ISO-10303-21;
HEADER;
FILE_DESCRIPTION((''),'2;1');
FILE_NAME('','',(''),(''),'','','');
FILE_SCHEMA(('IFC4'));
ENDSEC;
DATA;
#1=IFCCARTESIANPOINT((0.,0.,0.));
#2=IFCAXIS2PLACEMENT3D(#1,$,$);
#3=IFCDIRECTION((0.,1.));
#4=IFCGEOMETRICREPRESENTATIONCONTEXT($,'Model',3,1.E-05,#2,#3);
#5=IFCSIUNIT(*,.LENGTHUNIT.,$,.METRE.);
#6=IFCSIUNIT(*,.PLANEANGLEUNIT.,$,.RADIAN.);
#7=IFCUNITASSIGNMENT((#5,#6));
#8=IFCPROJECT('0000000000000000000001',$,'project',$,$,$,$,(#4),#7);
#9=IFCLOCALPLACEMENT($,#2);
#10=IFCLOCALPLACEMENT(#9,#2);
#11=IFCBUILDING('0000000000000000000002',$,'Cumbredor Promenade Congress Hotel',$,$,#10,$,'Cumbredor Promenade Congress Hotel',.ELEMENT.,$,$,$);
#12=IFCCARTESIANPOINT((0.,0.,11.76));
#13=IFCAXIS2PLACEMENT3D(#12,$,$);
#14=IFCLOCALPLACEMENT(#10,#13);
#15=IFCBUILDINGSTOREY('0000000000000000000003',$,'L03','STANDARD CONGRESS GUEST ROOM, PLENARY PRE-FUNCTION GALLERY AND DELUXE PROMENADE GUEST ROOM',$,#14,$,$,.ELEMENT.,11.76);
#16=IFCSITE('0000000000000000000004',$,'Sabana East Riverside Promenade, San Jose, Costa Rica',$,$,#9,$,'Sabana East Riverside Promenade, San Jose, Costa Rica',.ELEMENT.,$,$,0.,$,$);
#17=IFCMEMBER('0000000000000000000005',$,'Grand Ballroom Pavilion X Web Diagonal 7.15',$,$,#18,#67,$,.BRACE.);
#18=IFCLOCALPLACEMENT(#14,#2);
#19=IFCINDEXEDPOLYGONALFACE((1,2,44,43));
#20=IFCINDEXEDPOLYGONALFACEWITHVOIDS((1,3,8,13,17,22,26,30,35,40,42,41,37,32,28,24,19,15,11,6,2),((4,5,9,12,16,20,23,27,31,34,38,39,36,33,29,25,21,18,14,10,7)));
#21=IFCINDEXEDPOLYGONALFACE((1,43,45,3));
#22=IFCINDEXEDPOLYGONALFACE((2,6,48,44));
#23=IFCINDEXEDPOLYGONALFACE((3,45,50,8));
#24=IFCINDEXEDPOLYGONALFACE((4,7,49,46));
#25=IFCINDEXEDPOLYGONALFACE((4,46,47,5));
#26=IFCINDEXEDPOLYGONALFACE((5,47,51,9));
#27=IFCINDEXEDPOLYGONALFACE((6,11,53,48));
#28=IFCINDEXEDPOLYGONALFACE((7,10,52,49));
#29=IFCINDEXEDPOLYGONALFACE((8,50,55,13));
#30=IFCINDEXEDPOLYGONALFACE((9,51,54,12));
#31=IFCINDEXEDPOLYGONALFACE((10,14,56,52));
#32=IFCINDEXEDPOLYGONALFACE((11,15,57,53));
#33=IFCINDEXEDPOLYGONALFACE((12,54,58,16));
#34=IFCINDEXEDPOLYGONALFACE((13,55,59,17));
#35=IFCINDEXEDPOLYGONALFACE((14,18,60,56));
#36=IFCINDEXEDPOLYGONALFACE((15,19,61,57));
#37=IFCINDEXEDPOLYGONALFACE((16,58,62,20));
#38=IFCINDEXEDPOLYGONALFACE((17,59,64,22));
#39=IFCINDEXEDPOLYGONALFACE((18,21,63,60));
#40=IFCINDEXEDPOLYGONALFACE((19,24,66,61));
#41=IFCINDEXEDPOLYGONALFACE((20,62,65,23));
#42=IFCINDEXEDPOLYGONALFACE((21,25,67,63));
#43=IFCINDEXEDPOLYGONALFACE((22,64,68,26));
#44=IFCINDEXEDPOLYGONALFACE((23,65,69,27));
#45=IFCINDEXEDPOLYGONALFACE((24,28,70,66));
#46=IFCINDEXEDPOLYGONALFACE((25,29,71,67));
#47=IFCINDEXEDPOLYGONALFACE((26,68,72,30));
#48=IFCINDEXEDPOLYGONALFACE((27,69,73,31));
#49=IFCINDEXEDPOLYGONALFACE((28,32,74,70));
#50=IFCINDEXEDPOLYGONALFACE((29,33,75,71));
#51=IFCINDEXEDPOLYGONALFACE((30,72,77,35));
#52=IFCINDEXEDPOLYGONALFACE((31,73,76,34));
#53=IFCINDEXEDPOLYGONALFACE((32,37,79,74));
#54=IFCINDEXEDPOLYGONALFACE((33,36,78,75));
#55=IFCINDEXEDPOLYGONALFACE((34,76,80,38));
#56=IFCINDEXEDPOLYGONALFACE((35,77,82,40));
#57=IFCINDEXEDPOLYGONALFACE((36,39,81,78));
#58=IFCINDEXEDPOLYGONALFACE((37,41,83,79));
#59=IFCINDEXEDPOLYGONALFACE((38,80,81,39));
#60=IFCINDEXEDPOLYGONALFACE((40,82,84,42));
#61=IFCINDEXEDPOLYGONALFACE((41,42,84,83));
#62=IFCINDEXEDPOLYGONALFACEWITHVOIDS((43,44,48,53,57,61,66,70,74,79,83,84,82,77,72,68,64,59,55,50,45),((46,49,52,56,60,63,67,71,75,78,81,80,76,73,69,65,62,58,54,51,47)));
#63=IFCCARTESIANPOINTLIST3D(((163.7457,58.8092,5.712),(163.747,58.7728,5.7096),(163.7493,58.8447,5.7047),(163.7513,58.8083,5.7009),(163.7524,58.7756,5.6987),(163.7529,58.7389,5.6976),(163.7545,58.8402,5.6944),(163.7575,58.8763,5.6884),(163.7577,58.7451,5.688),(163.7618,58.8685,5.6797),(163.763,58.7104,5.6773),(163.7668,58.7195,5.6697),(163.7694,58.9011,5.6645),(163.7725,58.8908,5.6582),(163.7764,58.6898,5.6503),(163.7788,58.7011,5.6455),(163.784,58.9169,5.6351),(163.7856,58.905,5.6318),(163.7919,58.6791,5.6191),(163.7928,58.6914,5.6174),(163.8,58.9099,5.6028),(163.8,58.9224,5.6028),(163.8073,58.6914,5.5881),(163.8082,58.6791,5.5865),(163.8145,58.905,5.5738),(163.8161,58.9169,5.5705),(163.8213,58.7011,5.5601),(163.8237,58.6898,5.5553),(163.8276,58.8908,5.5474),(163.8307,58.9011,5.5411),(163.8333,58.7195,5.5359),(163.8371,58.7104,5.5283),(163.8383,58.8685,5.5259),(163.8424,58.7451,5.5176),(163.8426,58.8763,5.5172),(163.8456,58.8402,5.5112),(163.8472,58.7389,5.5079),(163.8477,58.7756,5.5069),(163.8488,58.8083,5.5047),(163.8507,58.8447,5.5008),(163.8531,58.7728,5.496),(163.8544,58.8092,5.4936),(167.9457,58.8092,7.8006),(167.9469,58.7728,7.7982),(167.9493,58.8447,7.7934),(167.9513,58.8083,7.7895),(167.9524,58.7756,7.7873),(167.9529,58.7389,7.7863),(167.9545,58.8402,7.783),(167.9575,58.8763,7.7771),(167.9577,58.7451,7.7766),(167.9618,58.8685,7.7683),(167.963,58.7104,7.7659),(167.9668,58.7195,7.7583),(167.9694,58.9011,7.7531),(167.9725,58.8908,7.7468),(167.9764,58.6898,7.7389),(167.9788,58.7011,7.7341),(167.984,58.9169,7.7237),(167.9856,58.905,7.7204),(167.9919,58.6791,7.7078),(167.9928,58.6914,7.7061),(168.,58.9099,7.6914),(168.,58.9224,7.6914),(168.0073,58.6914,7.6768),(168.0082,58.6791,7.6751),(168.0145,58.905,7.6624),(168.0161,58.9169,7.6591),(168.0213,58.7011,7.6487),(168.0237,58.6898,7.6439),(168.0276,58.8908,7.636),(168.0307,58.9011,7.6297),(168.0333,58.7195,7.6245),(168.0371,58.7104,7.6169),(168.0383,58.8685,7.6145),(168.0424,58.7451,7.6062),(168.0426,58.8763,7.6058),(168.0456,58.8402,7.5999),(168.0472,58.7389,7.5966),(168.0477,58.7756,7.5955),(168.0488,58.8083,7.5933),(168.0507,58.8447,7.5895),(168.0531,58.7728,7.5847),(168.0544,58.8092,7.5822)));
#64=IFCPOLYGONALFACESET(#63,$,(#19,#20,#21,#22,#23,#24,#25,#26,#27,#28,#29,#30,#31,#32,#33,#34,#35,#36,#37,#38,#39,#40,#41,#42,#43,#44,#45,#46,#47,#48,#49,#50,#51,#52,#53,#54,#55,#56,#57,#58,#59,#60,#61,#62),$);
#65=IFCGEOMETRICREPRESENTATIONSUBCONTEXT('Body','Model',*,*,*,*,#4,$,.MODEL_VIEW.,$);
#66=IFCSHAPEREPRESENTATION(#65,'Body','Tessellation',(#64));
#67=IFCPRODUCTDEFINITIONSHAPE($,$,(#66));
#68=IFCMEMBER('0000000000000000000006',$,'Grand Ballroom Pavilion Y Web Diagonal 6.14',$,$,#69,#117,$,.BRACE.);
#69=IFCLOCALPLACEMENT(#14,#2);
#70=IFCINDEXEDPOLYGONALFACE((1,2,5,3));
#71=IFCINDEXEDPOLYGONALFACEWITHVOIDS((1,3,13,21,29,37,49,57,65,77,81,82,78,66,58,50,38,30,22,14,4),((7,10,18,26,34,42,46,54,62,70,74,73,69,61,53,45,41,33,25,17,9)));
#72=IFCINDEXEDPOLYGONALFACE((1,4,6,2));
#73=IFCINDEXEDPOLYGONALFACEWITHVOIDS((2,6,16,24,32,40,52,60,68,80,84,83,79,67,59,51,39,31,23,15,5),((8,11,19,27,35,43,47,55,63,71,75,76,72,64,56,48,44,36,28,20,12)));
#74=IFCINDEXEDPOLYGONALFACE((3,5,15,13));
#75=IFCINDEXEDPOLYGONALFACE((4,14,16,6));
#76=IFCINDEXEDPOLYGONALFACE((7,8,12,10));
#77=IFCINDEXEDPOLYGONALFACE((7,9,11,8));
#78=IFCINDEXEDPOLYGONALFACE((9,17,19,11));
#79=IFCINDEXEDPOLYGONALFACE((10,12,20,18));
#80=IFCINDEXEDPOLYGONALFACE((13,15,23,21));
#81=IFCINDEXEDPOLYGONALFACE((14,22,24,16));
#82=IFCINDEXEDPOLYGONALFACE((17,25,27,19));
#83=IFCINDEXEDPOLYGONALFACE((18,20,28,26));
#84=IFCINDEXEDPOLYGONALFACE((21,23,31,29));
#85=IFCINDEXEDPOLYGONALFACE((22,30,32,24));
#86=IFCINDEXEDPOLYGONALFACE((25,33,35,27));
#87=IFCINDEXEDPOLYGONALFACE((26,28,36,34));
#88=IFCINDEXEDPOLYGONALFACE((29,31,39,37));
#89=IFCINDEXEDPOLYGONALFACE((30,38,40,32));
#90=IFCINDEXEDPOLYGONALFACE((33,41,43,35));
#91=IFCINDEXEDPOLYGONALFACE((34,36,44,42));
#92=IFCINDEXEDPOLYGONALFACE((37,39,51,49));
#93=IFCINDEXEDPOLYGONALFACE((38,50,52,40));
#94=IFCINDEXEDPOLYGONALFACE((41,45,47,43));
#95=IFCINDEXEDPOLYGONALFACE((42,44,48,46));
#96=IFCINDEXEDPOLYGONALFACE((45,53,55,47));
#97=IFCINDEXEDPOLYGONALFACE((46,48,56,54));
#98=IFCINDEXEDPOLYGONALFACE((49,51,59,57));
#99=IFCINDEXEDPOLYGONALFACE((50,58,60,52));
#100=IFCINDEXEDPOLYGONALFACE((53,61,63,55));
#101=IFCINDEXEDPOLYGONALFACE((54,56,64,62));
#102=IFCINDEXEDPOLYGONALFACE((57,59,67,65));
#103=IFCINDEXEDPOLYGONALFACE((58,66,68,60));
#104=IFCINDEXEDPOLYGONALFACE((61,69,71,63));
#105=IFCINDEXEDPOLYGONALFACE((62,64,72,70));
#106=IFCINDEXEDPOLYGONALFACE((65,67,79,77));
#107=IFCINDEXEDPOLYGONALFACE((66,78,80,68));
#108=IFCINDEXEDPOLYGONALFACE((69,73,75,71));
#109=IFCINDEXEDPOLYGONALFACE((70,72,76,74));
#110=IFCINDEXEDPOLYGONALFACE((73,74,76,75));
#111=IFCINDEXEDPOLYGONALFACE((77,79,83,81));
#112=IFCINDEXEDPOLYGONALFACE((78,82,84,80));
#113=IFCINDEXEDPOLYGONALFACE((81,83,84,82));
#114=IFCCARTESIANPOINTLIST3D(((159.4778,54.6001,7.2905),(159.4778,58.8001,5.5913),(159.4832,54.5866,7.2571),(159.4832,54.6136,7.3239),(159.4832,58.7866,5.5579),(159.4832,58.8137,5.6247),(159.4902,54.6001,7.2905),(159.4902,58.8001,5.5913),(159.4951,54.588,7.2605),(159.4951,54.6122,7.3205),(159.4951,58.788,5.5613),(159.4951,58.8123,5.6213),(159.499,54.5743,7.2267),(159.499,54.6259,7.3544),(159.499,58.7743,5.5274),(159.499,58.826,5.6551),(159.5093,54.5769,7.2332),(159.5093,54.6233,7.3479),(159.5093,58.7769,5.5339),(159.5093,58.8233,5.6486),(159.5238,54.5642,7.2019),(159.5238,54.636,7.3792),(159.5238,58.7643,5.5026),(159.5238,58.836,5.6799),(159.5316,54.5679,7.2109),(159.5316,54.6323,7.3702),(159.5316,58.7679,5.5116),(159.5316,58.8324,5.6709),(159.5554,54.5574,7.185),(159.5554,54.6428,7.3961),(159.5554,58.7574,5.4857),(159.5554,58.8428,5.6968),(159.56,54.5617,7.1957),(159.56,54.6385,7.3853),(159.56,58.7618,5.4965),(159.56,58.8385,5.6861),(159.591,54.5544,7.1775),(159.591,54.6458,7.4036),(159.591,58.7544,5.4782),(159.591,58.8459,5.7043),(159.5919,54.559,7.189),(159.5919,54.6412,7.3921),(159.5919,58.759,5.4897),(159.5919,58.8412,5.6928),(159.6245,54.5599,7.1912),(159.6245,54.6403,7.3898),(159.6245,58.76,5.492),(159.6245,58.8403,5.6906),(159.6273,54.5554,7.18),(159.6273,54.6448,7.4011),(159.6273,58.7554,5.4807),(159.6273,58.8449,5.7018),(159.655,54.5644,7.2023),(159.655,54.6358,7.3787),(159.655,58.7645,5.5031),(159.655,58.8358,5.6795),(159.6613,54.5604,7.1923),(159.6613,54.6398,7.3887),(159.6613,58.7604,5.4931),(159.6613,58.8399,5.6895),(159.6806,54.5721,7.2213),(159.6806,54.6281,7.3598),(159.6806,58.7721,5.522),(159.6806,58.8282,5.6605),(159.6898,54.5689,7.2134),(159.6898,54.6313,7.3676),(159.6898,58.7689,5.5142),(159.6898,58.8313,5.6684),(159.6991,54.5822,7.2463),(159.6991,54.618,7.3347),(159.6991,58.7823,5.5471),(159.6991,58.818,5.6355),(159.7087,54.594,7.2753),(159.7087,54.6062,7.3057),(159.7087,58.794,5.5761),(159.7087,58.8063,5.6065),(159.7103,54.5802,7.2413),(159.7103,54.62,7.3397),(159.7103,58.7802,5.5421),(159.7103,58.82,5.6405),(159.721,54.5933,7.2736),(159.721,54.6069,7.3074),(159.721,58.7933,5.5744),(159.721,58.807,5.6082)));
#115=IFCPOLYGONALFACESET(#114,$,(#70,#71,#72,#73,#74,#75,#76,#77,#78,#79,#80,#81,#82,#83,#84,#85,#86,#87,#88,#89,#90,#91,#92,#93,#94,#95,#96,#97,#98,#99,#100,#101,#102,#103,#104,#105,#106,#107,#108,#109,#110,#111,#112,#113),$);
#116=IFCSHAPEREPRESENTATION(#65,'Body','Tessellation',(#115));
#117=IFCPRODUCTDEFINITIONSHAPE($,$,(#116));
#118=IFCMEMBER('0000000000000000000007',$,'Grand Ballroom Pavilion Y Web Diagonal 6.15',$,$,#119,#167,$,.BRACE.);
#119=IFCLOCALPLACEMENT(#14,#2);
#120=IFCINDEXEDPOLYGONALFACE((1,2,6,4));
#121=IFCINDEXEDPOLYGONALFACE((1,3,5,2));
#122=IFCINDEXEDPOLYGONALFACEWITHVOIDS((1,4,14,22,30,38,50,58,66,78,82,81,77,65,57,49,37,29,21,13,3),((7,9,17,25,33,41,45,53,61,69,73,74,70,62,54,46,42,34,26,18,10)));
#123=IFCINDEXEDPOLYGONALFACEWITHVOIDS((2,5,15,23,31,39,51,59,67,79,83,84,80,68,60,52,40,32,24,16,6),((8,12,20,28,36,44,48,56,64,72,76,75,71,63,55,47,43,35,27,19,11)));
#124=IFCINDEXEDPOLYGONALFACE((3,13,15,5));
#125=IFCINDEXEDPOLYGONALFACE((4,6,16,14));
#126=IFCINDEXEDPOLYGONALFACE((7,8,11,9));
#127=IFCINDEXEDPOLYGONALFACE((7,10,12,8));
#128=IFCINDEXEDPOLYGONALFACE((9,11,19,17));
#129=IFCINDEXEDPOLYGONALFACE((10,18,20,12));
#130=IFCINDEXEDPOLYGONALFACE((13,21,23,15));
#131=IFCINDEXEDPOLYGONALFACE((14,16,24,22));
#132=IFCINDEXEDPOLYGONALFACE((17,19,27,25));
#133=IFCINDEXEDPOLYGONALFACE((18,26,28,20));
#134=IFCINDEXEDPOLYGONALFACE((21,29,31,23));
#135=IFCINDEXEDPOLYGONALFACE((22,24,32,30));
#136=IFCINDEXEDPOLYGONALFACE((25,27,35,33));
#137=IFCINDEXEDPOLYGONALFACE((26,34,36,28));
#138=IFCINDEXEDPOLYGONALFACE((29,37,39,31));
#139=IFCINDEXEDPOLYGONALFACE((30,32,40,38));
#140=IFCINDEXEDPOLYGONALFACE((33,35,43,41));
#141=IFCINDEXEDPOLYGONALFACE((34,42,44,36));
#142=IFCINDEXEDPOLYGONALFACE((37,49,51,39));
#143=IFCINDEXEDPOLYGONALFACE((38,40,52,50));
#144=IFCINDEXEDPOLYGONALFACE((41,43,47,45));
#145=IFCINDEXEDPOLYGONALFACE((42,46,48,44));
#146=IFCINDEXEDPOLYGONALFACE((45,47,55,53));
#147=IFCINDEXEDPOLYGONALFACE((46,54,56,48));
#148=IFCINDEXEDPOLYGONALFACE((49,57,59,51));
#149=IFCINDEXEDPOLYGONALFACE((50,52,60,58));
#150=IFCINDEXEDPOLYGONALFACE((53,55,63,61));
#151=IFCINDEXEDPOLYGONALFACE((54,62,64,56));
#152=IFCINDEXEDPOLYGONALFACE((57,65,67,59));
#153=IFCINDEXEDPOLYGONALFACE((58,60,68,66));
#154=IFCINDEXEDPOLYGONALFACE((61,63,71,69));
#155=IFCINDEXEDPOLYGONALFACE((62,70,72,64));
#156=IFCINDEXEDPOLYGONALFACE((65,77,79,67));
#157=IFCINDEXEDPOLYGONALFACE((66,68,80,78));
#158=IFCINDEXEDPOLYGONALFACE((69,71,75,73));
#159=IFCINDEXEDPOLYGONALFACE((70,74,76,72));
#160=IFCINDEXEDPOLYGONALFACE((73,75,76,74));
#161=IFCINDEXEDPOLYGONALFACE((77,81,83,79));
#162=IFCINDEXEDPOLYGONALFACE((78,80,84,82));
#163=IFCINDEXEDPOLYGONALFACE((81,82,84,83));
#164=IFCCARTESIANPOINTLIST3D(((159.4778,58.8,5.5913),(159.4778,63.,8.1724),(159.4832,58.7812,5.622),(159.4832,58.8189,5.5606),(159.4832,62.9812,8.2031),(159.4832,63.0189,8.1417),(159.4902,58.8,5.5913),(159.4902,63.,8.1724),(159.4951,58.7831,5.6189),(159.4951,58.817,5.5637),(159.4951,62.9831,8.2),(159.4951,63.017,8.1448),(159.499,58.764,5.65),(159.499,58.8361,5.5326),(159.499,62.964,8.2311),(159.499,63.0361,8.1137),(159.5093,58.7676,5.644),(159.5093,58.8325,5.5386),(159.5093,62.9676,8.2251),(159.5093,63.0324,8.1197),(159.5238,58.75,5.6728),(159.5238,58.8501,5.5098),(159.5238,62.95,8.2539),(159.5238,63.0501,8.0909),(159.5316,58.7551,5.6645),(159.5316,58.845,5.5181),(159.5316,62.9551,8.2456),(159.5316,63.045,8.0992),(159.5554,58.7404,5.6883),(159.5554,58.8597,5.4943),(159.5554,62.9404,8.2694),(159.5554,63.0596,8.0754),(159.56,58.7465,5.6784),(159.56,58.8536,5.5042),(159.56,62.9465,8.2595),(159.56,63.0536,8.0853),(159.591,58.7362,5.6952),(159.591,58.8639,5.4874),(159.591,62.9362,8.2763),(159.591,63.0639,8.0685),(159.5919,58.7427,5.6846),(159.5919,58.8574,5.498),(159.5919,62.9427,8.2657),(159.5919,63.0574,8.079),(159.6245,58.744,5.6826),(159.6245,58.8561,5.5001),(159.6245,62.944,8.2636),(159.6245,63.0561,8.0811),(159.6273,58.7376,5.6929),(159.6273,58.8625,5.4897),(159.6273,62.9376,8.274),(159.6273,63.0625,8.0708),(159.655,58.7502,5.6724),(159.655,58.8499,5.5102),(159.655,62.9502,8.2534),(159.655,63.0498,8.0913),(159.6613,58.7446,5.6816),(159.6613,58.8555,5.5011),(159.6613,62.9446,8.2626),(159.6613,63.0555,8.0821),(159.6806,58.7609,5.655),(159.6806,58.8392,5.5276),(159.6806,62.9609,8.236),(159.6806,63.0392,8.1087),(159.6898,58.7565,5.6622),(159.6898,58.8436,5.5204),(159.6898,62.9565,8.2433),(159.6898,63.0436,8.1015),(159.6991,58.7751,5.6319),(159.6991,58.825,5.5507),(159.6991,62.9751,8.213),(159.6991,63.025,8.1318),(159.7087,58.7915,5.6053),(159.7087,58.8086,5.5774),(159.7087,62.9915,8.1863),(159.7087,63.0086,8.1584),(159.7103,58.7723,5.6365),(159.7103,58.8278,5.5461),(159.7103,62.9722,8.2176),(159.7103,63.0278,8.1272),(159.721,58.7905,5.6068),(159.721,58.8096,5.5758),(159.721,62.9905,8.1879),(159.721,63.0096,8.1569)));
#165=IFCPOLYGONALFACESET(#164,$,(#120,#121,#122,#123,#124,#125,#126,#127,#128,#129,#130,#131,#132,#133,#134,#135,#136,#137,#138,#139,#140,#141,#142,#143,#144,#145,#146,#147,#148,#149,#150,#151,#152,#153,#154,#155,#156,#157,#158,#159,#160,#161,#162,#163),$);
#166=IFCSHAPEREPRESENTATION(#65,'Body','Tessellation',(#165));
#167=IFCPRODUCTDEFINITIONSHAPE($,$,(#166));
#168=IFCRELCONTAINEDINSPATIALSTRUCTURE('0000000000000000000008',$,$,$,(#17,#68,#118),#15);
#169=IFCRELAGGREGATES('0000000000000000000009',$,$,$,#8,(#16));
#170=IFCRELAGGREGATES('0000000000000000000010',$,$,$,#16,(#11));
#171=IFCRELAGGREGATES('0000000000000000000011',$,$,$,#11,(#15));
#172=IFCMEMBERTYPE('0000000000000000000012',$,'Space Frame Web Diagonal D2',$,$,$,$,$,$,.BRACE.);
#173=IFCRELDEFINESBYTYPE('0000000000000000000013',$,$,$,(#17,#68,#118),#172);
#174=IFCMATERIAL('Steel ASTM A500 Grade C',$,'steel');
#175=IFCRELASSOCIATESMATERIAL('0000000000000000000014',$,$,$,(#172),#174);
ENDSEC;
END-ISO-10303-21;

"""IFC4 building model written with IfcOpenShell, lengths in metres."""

from ifc_helpers import new_model, si_unit, direction, frame, origin, origin_2d, place, context, subcontext, project, spatial, hollow_circle, extrude, material, material_profile, profile_set, type_object, element, save


model = new_model("IFC4")

# Units and contexts
model_context = context("Model", 3, precision=1e-05, world=origin(), true_north=direction((0.0, 1.0)))
body_context = subcontext(model_context, "Body", "Model", "MODEL_VIEW")
ifc_project = project(units=[si_unit("LENGTHUNIT", "METRE"), si_unit("PLANEANGLEUNIT", "RADIAN")], contexts=[model_context])

# Site, building, storey
site_placement = place(None, origin())
site = spatial("IfcSite", under=ifc_project, at=site_placement, Name="Sabana East Riverside Promenade, San Jose, Costa Rica", LongName="Sabana East Riverside Promenade, San Jose, Costa Rica", CompositionType="ELEMENT", RefElevation=0.0)
building_placement = place(site_placement, origin())
building = spatial("IfcBuilding", under=site, at=building_placement, Name="Cumbredor Promenade Congress Hotel", LongName="Cumbredor Promenade Congress Hotel", CompositionType="ELEMENT")
storey_placement = place(building_placement, frame((0.0, 0.0, 11.76)))
storey = spatial("IfcBuildingStorey", under=building, at=storey_placement, Name="L03", Description="STANDARD CONGRESS GUEST ROOM, PLENARY PRE-FUNCTION GALLERY AND DELUXE PROMENADE GUEST ROOM", CompositionType="ELEMENT", Elevation=11.76)

# Members
ifc_material_1 = material(Name="Steel ASTM A500 Grade C", Category="steel")
ifc_material_profile_1 = material_profile(ifc_material_1, hollow_circle(Radius=0.1223, WallThickness=0.0125, at=origin_2d()), Name="CHS 244.5x12.5")
ifc_profile_set_1 = profile_set([ifc_material_profile_1], Name="Steel ASTM A500 Grade C")
member_type_1 = type_object("IfcMemberType", Name="Space Frame Web Diagonal D2", PredefinedType="BRACE", material=ifc_profile_set_1)
for number, where, z_axis, x_axis, name in (
    (1, (163.8, 58.8, 5.6028), (0.895393, 0.0, 0.445276), (0.0, 1.0, 0.0), "Grand Ballroom Pavilion X Web Diagonal 7.15"),
):
    element("IfcMember", number, at=place(storey_placement, frame(where, z_axis=z_axis, x_axis=x_axis)), inside=storey, type_object=member_type_1, Name=name, PredefinedType="BRACE", context=body_context, shape_type="SweptSolid", body=[
        extrude(hollow_circle(Radius=0.1223, WallThickness=0.0125, at=origin_2d()), origin(), (0.0, 0.0, 1.0), 4.6907),
    ])
member_1_placement = place(storey_placement, frame((159.6001, 54.6001, 7.2905), z_axis=(0.0, 0.927005, -0.375048), x_axis=(-1.0, 0.0, 0.0)))
element("IfcMember", 2, at=member_1_placement, inside=storey, type_object=member_type_1, Name="Grand Ballroom Pavilion Y Web Diagonal 6.14", PredefinedType="BRACE", context=body_context, shape_type="SweptSolid", body=[
    extrude(hollow_circle(Radius=0.1223, WallThickness=0.0125, at=origin_2d()), origin(), (0.0, 0.0, 1.0), 4.5308),
])
member_2_placement = place(storey_placement, frame((159.6001, 58.8, 5.5913), z_axis=(0.0, 0.851978, 0.523578), x_axis=(-1.0, 0.0, 0.0)))
element("IfcMember", 3, at=member_2_placement, inside=storey, type_object=member_type_1, Name="Grand Ballroom Pavilion Y Web Diagonal 6.15", PredefinedType="BRACE", context=body_context, shape_type="SweptSolid", body=[
    extrude(hollow_circle(Radius=0.1223, WallThickness=0.0125, at=origin_2d()), origin(), (0.0, 0.0, 1.0), 4.9297),
])

save(model, "model.ifc")
